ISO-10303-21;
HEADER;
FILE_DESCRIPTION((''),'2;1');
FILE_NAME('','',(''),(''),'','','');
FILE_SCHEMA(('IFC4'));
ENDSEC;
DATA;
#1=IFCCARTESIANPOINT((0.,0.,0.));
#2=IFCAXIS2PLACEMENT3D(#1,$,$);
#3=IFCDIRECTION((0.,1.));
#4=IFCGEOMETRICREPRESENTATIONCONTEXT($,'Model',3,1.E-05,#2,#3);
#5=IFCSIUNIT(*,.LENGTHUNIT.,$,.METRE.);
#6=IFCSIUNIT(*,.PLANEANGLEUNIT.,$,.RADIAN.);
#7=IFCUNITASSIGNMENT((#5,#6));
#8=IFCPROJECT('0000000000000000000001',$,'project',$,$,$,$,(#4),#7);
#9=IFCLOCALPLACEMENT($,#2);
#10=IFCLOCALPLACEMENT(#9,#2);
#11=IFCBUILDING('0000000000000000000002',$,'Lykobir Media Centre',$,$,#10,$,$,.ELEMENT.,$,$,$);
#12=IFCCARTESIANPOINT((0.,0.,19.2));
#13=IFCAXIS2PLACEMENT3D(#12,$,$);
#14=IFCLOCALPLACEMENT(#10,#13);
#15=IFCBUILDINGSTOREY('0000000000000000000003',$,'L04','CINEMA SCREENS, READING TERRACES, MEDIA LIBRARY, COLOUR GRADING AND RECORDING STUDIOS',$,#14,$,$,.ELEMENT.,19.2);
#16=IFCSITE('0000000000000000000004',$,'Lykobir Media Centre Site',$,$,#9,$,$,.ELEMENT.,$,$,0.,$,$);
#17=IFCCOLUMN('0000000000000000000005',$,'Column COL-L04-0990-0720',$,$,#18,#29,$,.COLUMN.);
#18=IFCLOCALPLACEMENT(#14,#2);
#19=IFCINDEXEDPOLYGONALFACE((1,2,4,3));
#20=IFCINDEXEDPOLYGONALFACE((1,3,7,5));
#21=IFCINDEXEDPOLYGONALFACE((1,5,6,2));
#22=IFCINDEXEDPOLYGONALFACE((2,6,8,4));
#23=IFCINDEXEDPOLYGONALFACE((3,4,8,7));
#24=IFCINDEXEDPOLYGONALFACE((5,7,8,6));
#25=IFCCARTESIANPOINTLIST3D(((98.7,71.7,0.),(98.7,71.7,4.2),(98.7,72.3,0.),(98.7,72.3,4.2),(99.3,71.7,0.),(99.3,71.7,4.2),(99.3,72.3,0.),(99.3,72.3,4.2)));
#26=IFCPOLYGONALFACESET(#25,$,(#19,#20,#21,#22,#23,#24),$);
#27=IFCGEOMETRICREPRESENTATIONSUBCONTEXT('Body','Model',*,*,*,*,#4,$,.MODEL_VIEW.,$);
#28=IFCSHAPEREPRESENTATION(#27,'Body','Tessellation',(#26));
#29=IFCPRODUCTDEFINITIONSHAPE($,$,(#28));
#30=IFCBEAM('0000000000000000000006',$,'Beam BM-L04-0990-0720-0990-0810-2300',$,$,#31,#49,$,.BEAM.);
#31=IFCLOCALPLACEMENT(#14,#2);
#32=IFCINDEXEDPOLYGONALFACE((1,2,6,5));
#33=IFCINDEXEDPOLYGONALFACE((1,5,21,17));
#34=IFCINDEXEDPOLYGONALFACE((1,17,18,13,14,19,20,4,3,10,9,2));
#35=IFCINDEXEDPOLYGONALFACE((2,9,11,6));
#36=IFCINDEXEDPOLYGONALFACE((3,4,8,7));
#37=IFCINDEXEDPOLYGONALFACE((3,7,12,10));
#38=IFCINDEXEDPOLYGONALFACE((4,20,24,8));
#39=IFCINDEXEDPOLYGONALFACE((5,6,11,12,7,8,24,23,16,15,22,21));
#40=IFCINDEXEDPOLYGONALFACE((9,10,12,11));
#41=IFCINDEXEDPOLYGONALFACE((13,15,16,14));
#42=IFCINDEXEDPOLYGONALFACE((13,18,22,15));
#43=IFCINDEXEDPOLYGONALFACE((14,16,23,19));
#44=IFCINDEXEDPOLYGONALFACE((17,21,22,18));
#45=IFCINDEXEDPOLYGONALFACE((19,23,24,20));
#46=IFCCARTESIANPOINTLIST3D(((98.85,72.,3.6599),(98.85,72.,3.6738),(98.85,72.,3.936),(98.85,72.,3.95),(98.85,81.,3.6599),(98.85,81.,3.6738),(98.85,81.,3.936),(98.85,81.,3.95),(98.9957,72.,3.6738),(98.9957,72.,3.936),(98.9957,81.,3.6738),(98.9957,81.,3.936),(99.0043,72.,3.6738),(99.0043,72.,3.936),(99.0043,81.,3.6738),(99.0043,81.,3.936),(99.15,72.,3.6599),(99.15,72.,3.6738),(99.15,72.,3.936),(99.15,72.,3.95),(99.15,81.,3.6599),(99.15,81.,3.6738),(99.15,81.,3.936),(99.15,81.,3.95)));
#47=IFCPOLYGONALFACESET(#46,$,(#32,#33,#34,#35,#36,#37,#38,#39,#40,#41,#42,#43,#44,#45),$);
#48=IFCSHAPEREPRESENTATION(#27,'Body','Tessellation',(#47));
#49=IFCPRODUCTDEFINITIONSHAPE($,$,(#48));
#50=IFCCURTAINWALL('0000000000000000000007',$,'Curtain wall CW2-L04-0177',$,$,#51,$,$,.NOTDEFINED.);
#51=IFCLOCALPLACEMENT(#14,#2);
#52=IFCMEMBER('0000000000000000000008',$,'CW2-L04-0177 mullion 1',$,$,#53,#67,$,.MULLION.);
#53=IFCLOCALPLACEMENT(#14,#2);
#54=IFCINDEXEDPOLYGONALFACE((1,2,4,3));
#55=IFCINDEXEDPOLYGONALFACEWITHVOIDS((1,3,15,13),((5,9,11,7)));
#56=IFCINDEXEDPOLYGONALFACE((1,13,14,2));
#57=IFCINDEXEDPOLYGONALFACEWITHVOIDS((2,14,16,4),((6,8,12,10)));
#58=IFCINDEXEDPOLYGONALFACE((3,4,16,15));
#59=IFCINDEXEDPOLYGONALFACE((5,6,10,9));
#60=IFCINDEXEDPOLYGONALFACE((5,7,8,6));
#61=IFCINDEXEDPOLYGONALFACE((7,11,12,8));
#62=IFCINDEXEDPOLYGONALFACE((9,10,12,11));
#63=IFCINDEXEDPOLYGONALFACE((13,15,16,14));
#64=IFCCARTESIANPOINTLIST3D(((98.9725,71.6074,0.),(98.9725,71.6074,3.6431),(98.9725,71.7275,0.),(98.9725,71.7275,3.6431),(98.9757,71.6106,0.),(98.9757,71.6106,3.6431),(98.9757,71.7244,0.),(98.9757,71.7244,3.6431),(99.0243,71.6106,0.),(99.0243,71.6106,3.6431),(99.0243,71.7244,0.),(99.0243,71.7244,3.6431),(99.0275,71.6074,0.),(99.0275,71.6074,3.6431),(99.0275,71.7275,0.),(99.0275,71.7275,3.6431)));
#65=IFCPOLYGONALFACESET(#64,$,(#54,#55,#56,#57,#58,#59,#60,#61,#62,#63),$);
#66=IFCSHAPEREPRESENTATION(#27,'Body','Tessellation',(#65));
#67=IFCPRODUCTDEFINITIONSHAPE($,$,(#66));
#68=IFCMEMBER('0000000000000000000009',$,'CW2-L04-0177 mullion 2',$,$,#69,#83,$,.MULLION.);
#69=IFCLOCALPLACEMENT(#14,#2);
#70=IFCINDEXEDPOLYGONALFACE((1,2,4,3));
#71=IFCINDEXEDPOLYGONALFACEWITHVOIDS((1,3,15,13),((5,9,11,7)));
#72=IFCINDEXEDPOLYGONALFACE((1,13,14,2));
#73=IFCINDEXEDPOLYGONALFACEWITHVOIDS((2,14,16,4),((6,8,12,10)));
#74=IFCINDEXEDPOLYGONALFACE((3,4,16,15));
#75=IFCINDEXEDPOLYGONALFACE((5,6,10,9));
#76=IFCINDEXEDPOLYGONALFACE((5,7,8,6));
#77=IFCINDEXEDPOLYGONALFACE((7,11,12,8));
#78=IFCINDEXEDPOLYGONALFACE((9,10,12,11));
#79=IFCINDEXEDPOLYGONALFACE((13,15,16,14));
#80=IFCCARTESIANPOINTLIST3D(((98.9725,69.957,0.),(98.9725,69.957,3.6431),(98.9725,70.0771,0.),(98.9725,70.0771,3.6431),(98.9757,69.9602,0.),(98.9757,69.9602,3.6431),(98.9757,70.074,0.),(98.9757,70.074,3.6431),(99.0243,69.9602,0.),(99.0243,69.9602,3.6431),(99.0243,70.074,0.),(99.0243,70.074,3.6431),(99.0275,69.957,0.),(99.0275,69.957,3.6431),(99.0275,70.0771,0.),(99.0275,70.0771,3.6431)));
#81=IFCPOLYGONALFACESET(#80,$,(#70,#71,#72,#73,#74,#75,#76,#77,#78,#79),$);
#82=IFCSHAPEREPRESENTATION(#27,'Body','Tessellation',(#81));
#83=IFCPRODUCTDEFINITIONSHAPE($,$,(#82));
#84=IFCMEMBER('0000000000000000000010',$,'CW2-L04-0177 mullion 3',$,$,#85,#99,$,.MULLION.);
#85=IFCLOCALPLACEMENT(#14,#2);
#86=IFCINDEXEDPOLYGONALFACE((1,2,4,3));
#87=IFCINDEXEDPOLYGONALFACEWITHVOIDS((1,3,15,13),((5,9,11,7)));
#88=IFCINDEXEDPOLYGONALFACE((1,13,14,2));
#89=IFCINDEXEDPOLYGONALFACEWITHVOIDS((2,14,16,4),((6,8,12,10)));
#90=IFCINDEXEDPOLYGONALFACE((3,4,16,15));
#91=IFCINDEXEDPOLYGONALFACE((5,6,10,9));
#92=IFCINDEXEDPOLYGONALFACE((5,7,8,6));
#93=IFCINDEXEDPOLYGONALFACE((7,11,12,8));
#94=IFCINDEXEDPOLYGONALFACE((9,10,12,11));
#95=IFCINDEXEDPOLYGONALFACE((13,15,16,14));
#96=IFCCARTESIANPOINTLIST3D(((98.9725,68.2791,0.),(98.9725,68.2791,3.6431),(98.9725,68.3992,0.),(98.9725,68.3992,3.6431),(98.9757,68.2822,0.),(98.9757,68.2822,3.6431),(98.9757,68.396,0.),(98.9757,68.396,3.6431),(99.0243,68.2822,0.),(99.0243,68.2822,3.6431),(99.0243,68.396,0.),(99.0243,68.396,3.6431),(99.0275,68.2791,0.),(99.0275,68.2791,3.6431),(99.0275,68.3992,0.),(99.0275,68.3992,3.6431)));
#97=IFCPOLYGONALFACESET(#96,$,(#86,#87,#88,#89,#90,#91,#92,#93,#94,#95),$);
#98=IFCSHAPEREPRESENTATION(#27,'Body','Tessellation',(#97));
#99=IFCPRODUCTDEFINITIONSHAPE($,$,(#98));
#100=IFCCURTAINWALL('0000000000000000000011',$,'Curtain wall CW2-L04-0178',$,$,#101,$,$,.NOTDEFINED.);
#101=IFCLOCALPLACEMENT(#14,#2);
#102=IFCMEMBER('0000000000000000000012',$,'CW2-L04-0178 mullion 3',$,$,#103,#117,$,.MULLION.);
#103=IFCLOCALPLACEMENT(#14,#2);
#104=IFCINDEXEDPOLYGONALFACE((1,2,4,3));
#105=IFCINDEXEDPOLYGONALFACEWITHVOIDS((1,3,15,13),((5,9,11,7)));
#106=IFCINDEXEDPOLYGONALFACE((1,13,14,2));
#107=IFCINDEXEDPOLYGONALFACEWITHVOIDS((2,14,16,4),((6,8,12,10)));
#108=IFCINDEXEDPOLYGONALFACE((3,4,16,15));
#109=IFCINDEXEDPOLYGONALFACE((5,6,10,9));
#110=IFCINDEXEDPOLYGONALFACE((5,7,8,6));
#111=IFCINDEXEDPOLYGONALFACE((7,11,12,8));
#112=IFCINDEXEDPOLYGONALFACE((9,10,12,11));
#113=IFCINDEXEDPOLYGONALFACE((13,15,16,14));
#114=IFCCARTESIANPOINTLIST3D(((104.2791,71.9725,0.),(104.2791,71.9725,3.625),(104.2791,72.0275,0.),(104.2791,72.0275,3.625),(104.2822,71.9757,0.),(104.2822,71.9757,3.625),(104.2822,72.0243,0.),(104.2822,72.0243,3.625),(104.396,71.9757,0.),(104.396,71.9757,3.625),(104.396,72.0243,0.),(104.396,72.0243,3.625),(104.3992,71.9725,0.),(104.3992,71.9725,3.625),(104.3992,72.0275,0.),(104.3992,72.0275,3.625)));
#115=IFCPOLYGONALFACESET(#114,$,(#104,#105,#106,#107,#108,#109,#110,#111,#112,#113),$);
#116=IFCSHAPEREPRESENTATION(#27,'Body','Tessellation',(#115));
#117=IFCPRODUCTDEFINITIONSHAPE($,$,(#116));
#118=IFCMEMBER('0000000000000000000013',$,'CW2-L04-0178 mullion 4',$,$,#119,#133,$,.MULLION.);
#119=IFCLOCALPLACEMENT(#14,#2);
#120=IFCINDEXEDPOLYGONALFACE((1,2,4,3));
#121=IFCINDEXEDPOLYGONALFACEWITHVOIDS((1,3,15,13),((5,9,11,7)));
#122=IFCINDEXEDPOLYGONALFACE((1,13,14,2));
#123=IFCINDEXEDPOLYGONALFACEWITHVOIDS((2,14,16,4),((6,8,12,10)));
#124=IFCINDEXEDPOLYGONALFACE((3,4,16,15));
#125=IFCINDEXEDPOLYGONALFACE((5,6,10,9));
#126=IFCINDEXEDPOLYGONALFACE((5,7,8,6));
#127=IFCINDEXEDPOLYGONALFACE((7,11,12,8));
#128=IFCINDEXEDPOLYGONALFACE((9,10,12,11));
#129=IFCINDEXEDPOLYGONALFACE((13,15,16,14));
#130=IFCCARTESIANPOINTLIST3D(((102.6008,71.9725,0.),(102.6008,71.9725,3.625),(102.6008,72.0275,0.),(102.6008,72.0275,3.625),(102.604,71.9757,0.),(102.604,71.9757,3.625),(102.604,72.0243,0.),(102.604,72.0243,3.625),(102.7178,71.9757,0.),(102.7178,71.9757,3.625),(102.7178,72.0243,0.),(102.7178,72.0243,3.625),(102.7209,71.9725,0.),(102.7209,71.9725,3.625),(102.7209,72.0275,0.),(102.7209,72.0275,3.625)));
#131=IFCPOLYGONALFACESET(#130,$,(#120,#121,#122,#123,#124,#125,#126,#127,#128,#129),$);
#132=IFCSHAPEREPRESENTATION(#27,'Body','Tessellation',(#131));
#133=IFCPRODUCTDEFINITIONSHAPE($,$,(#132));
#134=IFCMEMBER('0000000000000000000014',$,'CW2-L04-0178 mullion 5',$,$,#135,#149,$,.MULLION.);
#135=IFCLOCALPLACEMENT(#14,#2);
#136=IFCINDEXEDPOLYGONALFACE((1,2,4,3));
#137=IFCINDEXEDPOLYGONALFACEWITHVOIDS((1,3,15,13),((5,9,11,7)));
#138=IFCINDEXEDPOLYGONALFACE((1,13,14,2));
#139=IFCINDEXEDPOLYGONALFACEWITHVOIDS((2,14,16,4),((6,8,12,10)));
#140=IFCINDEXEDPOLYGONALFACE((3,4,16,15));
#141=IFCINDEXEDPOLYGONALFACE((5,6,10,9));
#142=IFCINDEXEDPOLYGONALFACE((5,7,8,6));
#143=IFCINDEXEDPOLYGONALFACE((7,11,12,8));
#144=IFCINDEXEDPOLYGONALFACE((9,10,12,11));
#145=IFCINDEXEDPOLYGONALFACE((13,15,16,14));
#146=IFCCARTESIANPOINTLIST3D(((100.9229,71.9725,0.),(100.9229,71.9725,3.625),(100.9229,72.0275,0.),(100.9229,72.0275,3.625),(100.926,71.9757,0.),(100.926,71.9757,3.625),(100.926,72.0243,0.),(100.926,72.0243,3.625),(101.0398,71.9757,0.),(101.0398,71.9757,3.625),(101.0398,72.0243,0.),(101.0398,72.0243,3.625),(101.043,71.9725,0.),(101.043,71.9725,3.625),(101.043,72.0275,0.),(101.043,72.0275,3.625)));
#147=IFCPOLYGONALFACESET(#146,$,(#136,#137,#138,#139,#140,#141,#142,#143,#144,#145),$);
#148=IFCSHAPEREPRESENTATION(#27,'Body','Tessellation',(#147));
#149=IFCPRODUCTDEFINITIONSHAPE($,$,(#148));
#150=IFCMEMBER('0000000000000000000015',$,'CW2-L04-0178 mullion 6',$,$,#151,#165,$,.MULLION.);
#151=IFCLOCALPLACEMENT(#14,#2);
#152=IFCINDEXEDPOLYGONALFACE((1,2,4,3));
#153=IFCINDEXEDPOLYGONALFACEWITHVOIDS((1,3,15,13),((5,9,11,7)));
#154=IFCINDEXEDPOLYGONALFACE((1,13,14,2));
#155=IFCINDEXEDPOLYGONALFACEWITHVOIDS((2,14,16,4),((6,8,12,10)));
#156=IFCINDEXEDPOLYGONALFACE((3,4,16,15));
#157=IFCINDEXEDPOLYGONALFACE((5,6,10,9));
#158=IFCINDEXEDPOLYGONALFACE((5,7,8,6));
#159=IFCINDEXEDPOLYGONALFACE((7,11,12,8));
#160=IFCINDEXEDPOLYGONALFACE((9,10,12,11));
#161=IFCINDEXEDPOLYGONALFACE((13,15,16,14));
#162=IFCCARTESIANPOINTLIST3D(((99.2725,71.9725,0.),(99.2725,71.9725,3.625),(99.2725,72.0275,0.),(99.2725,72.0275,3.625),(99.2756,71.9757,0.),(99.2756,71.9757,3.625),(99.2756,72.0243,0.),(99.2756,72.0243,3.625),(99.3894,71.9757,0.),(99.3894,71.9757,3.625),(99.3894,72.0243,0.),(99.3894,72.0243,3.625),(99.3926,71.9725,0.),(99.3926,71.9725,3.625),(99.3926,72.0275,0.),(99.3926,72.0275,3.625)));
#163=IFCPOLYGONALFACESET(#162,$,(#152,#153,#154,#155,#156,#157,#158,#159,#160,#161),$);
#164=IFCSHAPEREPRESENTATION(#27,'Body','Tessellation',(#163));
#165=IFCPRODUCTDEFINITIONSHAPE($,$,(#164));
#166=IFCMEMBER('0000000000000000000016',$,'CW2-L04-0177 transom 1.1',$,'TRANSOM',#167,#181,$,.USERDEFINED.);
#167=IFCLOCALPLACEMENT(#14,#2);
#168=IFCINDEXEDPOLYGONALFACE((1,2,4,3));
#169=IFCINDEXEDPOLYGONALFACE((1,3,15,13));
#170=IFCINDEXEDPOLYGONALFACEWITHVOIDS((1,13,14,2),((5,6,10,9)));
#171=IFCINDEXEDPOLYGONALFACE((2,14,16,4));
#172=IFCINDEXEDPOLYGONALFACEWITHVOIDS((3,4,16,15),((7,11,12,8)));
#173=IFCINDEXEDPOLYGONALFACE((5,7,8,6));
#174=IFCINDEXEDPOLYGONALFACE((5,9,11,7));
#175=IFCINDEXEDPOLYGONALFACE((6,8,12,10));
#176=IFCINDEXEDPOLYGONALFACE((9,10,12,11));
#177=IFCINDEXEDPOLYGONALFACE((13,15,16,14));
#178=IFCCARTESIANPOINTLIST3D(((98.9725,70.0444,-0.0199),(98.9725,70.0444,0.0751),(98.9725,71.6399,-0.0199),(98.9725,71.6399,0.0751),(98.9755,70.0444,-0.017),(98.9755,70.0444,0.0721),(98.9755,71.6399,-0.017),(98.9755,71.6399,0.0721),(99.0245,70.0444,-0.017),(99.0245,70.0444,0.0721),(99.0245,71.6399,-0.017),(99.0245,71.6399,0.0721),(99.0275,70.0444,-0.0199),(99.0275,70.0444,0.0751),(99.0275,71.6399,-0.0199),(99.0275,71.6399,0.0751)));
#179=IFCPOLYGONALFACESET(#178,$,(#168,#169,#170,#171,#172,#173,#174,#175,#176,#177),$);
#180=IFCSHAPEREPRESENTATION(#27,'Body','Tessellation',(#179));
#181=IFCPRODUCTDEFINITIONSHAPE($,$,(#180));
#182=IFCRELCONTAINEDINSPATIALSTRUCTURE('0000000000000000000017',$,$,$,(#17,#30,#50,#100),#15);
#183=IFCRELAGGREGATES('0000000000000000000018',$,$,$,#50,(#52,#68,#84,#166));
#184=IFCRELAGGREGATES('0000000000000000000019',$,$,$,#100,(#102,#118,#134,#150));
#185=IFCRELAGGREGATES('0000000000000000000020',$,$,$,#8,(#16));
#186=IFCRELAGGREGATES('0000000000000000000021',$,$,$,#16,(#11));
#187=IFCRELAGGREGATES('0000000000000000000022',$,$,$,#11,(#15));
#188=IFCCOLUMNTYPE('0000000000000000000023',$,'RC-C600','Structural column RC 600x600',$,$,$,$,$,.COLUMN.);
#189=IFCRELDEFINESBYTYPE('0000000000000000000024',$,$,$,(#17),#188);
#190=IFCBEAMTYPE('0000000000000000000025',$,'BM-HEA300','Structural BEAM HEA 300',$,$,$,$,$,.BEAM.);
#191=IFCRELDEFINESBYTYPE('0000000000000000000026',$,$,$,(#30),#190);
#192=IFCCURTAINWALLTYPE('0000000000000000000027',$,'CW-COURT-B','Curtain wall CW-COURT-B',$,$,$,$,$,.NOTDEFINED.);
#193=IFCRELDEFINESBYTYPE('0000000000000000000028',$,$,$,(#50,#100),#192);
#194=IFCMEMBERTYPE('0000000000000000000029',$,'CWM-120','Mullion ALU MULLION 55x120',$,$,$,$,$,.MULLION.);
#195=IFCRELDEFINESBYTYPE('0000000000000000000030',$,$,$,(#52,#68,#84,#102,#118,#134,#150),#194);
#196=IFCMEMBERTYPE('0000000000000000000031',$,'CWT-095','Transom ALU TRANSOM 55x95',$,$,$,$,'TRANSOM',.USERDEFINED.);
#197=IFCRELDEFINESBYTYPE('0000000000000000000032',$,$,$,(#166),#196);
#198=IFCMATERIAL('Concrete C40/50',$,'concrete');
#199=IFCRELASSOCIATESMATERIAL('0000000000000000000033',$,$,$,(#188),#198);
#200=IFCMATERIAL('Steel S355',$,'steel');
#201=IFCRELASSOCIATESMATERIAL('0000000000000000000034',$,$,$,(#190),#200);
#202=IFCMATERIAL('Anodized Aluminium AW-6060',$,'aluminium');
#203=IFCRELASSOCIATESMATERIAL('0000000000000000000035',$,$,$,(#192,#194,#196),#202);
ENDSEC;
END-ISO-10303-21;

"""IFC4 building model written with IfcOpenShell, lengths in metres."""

from ifc_helpers import new_model, si_unit, direction, frame, origin, origin_2d, place, context, subcontext, project, spatial, rectangle, hollow_rectangle, i_section, extrude, material, material_profile, profile_set, type_object, element, aggregate, save


model = new_model("IFC4")

# Units and contexts
model_context = context("Model", 3, precision=1e-05, world=origin(), true_north=direction((0.0, 1.0)))
body_context = subcontext(model_context, "Body", "Model", "MODEL_VIEW")
ifc_project = project(units=[si_unit("LENGTHUNIT", "METRE"), si_unit("PLANEANGLEUNIT", "RADIAN")], contexts=[model_context])

# Site, building, storey
site_placement = place(None, origin())
site = spatial("IfcSite", under=ifc_project, at=site_placement, Name="Lykobir Media Centre Site", CompositionType="ELEMENT", RefElevation=0.0)
building_placement = place(site_placement, origin())
building = spatial("IfcBuilding", under=site, at=building_placement, Name="Lykobir Media Centre", CompositionType="ELEMENT")
storey_placement = place(building_placement, frame((0.0, 0.0, 19.2)))
storey = spatial("IfcBuildingStorey", under=building, at=storey_placement, Name="L04", Description="CINEMA SCREENS, READING TERRACES, MEDIA LIBRARY, COLOUR GRADING AND RECORDING STUDIOS", CompositionType="ELEMENT", Elevation=19.2)

# Column
ifc_material_1 = material(Name="Concrete C40/50", Category="concrete")
ifc_material_profile_1 = material_profile(ifc_material_1, rectangle(XDim=0.6001, YDim=0.6001, at=origin_2d()), Name="RC 600x600")
ifc_profile_set_1 = profile_set([ifc_material_profile_1], Name="Concrete C40/50")
column_type = type_object("IfcColumnType", Name="RC-C600", Description="Structural column RC 600x600", PredefinedType="COLUMN", material=ifc_profile_set_1)
column_placement = place(storey_placement, frame((99.0, 72.0, 0.0), z_axis=(0.0, 0.0, 1.0), x_axis=(1.0, 0.0, 0.0)))
element("IfcColumn", 1, at=column_placement, inside=storey, type_object=column_type, Name="Column COL-L04-0990-0720", PredefinedType="COLUMN", context=body_context, shape_type="SweptSolid", body=[
    extrude(rectangle(XDim=0.6001, YDim=0.6001, at=origin_2d()), origin(), (0.0, 0.0, 1.0), 4.2),
])

# Beam
ifc_material_2 = material(Name="Steel S355", Category="steel")
ifc_material_profile_2 = material_profile(ifc_material_2, i_section(OverallWidth=0.3, OverallDepth=0.29, WebThickness=0.0085, FlangeThickness=0.0139, at=origin_2d()), Name="HEA 300")
ifc_profile_set_2 = profile_set([ifc_material_profile_2], Name="Steel S355")
beam_type_1 = type_object("IfcBeamType", Name="BM-HEA300", Description="Structural BEAM HEA 300", PredefinedType="BEAM", material=ifc_profile_set_2)
beam_1_placement = place(storey_placement, frame((99.0, 72.0, 3.8049), z_axis=(0.0, 1.0, 0.0), x_axis=(-1.0, 0.0, 0.0)))
element("IfcBeam", 2, at=beam_1_placement, inside=storey, type_object=beam_type_1, Name="Beam BM-L04-0990-0720-0990-0810-2300", PredefinedType="BEAM", context=body_context, shape_type="SweptSolid", body=[
    extrude(i_section(OverallWidth=0.3, OverallDepth=0.29, WebThickness=0.0085, FlangeThickness=0.0139, at=origin_2d()), origin(), (0.0, 0.0, 1.0), 9.0),
])

# Curtain walls, members
ifc_material_3 = material(Name="Anodized Aluminium AW-6060", Category="aluminium")
curtain_wall_type = type_object("IfcCurtainWallType", Name="CW-COURT-B", Description="Curtain wall CW-COURT-B", PredefinedType="NOTDEFINED", material=ifc_material_3)
curtain_wall_1_placement = place(storey_placement, origin())
curtain_wall_1 = element("IfcCurtainWall", 3, at=curtain_wall_1_placement, inside=storey, type_object=curtain_wall_type, Name="Curtain wall CW2-L04-0177", PredefinedType="NOTDEFINED")
ifc_material_profile_3 = material_profile(ifc_material_3, hollow_rectangle(XDim=0.0549, YDim=0.1201, WallThickness=0.0032, at=origin_2d()), Name="ALU MULLION 55x120")
ifc_profile_set_3 = profile_set([ifc_material_profile_3], Name="Anodized Aluminium AW-6060")
member_type_1 = type_object("IfcMemberType", Name="CWM-120", Description="Mullion ALU MULLION 55x120", PredefinedType="MULLION", material=ifc_profile_set_3)
member_1_placement = place(storey_placement, frame((99.0, 71.6675, 0.0), z_axis=(0.0, 0.0, 1.0), x_axis=(1.0, 0.0, 0.0)))
member_1 = element("IfcMember", 4, at=member_1_placement, type_object=member_type_1, Name="CW2-L04-0177 mullion 1", PredefinedType="MULLION", context=body_context, shape_type="SweptSolid", body=[
    extrude(hollow_rectangle(XDim=0.0549, YDim=0.1201, WallThickness=0.0032, at=origin_2d()), origin(), (0.0, 0.0, 1.0), 3.6431),
])
member_2_placement = place(storey_placement, frame((99.0, 70.0171, 0.0), z_axis=(0.0, 0.0, 1.0), x_axis=(1.0, 0.0, 0.0)))
member_2 = element("IfcMember", 5, at=member_2_placement, type_object=member_type_1, Name="CW2-L04-0177 mullion 2", PredefinedType="MULLION", context=body_context, shape_type="SweptSolid", body=[
    extrude(hollow_rectangle(XDim=0.0549, YDim=0.1201, WallThickness=0.0032, at=origin_2d()), origin(), (0.0, 0.0, 1.0), 3.6431),
])
member_3_placement = place(storey_placement, frame((99.0, 68.3391, 0.0), z_axis=(0.0, 0.0, 1.0), x_axis=(1.0, 0.0, 0.0)))
member_3 = element("IfcMember", 6, at=member_3_placement, type_object=member_type_1, Name="CW2-L04-0177 mullion 3", PredefinedType="MULLION", context=body_context, shape_type="SweptSolid", body=[
    extrude(hollow_rectangle(XDim=0.0549, YDim=0.1201, WallThickness=0.0032, at=origin_2d()), origin(), (0.0, 0.0, 1.0), 3.6431),
])
curtain_wall_2_placement = place(storey_placement, origin())
curtain_wall_2 = element("IfcCurtainWall", 7, at=curtain_wall_2_placement, inside=storey, type_object=curtain_wall_type, Name="Curtain wall CW2-L04-0178", PredefinedType="NOTDEFINED")
member_4_placement = place(storey_placement, frame((104.3391, 72.0, 0.0), z_axis=(0.0, 0.0, 1.0), x_axis=(0.0, -1.0, 0.0)))
member_4 = element("IfcMember", 8, at=member_4_placement, type_object=member_type_1, Name="CW2-L04-0178 mullion 3", PredefinedType="MULLION", context=body_context, shape_type="SweptSolid", body=[
    extrude(hollow_rectangle(XDim=0.0549, YDim=0.1201, WallThickness=0.0032, at=origin_2d()), origin(), (0.0, 0.0, 1.0), 3.625),
])
member_5_placement = place(storey_placement, frame((102.6609, 72.0, 0.0), z_axis=(0.0, 0.0, 1.0), x_axis=(0.0, -1.0, 0.0)))
member_5 = element("IfcMember", 9, at=member_5_placement, type_object=member_type_1, Name="CW2-L04-0178 mullion 4", PredefinedType="MULLION", context=body_context, shape_type="SweptSolid", body=[
    extrude(hollow_rectangle(XDim=0.0549, YDim=0.1201, WallThickness=0.0032, at=origin_2d()), origin(), (0.0, 0.0, 1.0), 3.625),
])
member_6_placement = place(storey_placement, frame((100.9829, 72.0, 0.0), z_axis=(0.0, 0.0, 1.0), x_axis=(0.0, -1.0, 0.0)))
member_6 = element("IfcMember", 10, at=member_6_placement, type_object=member_type_1, Name="CW2-L04-0178 mullion 5", PredefinedType="MULLION", context=body_context, shape_type="SweptSolid", body=[
    extrude(hollow_rectangle(XDim=0.0549, YDim=0.1201, WallThickness=0.0032, at=origin_2d()), origin(), (0.0, 0.0, 1.0), 3.625),
])
member_7_placement = place(storey_placement, frame((99.3325, 72.0, 0.0), z_axis=(0.0, 0.0, 1.0), x_axis=(0.0, -1.0, 0.0)))
member_7 = element("IfcMember", 11, at=member_7_placement, type_object=member_type_1, Name="CW2-L04-0178 mullion 6", PredefinedType="MULLION", context=body_context, shape_type="SweptSolid", body=[
    extrude(hollow_rectangle(XDim=0.0549, YDim=0.1201, WallThickness=0.0032, at=origin_2d()), origin(), (0.0, 0.0, 1.0), 3.625),
])

# Member
ifc_material_profile_4 = material_profile(ifc_material_3, hollow_rectangle(XDim=0.0549, YDim=0.095, WallThickness=0.0029, at=origin_2d()), Name="ALU TRANSOM 55x95")
ifc_profile_set_4 = profile_set([ifc_material_profile_4], Name="Anodized Aluminium AW-6060")
member_type_2 = type_object("IfcMemberType", Name="CWT-095", Description="Transom ALU TRANSOM 55x95", ElementType="TRANSOM", PredefinedType="USERDEFINED", material=ifc_profile_set_4)
member_8_placement = place(storey_placement, frame((99.0, 71.6399, 0.0276), z_axis=(0.0, -1.0, 0.0), x_axis=(1.0, 0.0, 0.0)))
member_8 = element("IfcMember", 12, at=member_8_placement, type_object=member_type_2, Name="CW2-L04-0177 transom 1.1", ObjectType="TRANSOM", PredefinedType="USERDEFINED", context=body_context, shape_type="SweptSolid", body=[
    extrude(hollow_rectangle(XDim=0.0549, YDim=0.095, WallThickness=0.0029, at=origin_2d()), origin(), (0.0, 0.0, 1.0), 1.5955),
])

aggregate(curtain_wall_1, [member_1, member_2, member_3, member_8])
aggregate(curtain_wall_2, [member_4, member_5, member_6, member_7])

save(model, "model.ifc")
